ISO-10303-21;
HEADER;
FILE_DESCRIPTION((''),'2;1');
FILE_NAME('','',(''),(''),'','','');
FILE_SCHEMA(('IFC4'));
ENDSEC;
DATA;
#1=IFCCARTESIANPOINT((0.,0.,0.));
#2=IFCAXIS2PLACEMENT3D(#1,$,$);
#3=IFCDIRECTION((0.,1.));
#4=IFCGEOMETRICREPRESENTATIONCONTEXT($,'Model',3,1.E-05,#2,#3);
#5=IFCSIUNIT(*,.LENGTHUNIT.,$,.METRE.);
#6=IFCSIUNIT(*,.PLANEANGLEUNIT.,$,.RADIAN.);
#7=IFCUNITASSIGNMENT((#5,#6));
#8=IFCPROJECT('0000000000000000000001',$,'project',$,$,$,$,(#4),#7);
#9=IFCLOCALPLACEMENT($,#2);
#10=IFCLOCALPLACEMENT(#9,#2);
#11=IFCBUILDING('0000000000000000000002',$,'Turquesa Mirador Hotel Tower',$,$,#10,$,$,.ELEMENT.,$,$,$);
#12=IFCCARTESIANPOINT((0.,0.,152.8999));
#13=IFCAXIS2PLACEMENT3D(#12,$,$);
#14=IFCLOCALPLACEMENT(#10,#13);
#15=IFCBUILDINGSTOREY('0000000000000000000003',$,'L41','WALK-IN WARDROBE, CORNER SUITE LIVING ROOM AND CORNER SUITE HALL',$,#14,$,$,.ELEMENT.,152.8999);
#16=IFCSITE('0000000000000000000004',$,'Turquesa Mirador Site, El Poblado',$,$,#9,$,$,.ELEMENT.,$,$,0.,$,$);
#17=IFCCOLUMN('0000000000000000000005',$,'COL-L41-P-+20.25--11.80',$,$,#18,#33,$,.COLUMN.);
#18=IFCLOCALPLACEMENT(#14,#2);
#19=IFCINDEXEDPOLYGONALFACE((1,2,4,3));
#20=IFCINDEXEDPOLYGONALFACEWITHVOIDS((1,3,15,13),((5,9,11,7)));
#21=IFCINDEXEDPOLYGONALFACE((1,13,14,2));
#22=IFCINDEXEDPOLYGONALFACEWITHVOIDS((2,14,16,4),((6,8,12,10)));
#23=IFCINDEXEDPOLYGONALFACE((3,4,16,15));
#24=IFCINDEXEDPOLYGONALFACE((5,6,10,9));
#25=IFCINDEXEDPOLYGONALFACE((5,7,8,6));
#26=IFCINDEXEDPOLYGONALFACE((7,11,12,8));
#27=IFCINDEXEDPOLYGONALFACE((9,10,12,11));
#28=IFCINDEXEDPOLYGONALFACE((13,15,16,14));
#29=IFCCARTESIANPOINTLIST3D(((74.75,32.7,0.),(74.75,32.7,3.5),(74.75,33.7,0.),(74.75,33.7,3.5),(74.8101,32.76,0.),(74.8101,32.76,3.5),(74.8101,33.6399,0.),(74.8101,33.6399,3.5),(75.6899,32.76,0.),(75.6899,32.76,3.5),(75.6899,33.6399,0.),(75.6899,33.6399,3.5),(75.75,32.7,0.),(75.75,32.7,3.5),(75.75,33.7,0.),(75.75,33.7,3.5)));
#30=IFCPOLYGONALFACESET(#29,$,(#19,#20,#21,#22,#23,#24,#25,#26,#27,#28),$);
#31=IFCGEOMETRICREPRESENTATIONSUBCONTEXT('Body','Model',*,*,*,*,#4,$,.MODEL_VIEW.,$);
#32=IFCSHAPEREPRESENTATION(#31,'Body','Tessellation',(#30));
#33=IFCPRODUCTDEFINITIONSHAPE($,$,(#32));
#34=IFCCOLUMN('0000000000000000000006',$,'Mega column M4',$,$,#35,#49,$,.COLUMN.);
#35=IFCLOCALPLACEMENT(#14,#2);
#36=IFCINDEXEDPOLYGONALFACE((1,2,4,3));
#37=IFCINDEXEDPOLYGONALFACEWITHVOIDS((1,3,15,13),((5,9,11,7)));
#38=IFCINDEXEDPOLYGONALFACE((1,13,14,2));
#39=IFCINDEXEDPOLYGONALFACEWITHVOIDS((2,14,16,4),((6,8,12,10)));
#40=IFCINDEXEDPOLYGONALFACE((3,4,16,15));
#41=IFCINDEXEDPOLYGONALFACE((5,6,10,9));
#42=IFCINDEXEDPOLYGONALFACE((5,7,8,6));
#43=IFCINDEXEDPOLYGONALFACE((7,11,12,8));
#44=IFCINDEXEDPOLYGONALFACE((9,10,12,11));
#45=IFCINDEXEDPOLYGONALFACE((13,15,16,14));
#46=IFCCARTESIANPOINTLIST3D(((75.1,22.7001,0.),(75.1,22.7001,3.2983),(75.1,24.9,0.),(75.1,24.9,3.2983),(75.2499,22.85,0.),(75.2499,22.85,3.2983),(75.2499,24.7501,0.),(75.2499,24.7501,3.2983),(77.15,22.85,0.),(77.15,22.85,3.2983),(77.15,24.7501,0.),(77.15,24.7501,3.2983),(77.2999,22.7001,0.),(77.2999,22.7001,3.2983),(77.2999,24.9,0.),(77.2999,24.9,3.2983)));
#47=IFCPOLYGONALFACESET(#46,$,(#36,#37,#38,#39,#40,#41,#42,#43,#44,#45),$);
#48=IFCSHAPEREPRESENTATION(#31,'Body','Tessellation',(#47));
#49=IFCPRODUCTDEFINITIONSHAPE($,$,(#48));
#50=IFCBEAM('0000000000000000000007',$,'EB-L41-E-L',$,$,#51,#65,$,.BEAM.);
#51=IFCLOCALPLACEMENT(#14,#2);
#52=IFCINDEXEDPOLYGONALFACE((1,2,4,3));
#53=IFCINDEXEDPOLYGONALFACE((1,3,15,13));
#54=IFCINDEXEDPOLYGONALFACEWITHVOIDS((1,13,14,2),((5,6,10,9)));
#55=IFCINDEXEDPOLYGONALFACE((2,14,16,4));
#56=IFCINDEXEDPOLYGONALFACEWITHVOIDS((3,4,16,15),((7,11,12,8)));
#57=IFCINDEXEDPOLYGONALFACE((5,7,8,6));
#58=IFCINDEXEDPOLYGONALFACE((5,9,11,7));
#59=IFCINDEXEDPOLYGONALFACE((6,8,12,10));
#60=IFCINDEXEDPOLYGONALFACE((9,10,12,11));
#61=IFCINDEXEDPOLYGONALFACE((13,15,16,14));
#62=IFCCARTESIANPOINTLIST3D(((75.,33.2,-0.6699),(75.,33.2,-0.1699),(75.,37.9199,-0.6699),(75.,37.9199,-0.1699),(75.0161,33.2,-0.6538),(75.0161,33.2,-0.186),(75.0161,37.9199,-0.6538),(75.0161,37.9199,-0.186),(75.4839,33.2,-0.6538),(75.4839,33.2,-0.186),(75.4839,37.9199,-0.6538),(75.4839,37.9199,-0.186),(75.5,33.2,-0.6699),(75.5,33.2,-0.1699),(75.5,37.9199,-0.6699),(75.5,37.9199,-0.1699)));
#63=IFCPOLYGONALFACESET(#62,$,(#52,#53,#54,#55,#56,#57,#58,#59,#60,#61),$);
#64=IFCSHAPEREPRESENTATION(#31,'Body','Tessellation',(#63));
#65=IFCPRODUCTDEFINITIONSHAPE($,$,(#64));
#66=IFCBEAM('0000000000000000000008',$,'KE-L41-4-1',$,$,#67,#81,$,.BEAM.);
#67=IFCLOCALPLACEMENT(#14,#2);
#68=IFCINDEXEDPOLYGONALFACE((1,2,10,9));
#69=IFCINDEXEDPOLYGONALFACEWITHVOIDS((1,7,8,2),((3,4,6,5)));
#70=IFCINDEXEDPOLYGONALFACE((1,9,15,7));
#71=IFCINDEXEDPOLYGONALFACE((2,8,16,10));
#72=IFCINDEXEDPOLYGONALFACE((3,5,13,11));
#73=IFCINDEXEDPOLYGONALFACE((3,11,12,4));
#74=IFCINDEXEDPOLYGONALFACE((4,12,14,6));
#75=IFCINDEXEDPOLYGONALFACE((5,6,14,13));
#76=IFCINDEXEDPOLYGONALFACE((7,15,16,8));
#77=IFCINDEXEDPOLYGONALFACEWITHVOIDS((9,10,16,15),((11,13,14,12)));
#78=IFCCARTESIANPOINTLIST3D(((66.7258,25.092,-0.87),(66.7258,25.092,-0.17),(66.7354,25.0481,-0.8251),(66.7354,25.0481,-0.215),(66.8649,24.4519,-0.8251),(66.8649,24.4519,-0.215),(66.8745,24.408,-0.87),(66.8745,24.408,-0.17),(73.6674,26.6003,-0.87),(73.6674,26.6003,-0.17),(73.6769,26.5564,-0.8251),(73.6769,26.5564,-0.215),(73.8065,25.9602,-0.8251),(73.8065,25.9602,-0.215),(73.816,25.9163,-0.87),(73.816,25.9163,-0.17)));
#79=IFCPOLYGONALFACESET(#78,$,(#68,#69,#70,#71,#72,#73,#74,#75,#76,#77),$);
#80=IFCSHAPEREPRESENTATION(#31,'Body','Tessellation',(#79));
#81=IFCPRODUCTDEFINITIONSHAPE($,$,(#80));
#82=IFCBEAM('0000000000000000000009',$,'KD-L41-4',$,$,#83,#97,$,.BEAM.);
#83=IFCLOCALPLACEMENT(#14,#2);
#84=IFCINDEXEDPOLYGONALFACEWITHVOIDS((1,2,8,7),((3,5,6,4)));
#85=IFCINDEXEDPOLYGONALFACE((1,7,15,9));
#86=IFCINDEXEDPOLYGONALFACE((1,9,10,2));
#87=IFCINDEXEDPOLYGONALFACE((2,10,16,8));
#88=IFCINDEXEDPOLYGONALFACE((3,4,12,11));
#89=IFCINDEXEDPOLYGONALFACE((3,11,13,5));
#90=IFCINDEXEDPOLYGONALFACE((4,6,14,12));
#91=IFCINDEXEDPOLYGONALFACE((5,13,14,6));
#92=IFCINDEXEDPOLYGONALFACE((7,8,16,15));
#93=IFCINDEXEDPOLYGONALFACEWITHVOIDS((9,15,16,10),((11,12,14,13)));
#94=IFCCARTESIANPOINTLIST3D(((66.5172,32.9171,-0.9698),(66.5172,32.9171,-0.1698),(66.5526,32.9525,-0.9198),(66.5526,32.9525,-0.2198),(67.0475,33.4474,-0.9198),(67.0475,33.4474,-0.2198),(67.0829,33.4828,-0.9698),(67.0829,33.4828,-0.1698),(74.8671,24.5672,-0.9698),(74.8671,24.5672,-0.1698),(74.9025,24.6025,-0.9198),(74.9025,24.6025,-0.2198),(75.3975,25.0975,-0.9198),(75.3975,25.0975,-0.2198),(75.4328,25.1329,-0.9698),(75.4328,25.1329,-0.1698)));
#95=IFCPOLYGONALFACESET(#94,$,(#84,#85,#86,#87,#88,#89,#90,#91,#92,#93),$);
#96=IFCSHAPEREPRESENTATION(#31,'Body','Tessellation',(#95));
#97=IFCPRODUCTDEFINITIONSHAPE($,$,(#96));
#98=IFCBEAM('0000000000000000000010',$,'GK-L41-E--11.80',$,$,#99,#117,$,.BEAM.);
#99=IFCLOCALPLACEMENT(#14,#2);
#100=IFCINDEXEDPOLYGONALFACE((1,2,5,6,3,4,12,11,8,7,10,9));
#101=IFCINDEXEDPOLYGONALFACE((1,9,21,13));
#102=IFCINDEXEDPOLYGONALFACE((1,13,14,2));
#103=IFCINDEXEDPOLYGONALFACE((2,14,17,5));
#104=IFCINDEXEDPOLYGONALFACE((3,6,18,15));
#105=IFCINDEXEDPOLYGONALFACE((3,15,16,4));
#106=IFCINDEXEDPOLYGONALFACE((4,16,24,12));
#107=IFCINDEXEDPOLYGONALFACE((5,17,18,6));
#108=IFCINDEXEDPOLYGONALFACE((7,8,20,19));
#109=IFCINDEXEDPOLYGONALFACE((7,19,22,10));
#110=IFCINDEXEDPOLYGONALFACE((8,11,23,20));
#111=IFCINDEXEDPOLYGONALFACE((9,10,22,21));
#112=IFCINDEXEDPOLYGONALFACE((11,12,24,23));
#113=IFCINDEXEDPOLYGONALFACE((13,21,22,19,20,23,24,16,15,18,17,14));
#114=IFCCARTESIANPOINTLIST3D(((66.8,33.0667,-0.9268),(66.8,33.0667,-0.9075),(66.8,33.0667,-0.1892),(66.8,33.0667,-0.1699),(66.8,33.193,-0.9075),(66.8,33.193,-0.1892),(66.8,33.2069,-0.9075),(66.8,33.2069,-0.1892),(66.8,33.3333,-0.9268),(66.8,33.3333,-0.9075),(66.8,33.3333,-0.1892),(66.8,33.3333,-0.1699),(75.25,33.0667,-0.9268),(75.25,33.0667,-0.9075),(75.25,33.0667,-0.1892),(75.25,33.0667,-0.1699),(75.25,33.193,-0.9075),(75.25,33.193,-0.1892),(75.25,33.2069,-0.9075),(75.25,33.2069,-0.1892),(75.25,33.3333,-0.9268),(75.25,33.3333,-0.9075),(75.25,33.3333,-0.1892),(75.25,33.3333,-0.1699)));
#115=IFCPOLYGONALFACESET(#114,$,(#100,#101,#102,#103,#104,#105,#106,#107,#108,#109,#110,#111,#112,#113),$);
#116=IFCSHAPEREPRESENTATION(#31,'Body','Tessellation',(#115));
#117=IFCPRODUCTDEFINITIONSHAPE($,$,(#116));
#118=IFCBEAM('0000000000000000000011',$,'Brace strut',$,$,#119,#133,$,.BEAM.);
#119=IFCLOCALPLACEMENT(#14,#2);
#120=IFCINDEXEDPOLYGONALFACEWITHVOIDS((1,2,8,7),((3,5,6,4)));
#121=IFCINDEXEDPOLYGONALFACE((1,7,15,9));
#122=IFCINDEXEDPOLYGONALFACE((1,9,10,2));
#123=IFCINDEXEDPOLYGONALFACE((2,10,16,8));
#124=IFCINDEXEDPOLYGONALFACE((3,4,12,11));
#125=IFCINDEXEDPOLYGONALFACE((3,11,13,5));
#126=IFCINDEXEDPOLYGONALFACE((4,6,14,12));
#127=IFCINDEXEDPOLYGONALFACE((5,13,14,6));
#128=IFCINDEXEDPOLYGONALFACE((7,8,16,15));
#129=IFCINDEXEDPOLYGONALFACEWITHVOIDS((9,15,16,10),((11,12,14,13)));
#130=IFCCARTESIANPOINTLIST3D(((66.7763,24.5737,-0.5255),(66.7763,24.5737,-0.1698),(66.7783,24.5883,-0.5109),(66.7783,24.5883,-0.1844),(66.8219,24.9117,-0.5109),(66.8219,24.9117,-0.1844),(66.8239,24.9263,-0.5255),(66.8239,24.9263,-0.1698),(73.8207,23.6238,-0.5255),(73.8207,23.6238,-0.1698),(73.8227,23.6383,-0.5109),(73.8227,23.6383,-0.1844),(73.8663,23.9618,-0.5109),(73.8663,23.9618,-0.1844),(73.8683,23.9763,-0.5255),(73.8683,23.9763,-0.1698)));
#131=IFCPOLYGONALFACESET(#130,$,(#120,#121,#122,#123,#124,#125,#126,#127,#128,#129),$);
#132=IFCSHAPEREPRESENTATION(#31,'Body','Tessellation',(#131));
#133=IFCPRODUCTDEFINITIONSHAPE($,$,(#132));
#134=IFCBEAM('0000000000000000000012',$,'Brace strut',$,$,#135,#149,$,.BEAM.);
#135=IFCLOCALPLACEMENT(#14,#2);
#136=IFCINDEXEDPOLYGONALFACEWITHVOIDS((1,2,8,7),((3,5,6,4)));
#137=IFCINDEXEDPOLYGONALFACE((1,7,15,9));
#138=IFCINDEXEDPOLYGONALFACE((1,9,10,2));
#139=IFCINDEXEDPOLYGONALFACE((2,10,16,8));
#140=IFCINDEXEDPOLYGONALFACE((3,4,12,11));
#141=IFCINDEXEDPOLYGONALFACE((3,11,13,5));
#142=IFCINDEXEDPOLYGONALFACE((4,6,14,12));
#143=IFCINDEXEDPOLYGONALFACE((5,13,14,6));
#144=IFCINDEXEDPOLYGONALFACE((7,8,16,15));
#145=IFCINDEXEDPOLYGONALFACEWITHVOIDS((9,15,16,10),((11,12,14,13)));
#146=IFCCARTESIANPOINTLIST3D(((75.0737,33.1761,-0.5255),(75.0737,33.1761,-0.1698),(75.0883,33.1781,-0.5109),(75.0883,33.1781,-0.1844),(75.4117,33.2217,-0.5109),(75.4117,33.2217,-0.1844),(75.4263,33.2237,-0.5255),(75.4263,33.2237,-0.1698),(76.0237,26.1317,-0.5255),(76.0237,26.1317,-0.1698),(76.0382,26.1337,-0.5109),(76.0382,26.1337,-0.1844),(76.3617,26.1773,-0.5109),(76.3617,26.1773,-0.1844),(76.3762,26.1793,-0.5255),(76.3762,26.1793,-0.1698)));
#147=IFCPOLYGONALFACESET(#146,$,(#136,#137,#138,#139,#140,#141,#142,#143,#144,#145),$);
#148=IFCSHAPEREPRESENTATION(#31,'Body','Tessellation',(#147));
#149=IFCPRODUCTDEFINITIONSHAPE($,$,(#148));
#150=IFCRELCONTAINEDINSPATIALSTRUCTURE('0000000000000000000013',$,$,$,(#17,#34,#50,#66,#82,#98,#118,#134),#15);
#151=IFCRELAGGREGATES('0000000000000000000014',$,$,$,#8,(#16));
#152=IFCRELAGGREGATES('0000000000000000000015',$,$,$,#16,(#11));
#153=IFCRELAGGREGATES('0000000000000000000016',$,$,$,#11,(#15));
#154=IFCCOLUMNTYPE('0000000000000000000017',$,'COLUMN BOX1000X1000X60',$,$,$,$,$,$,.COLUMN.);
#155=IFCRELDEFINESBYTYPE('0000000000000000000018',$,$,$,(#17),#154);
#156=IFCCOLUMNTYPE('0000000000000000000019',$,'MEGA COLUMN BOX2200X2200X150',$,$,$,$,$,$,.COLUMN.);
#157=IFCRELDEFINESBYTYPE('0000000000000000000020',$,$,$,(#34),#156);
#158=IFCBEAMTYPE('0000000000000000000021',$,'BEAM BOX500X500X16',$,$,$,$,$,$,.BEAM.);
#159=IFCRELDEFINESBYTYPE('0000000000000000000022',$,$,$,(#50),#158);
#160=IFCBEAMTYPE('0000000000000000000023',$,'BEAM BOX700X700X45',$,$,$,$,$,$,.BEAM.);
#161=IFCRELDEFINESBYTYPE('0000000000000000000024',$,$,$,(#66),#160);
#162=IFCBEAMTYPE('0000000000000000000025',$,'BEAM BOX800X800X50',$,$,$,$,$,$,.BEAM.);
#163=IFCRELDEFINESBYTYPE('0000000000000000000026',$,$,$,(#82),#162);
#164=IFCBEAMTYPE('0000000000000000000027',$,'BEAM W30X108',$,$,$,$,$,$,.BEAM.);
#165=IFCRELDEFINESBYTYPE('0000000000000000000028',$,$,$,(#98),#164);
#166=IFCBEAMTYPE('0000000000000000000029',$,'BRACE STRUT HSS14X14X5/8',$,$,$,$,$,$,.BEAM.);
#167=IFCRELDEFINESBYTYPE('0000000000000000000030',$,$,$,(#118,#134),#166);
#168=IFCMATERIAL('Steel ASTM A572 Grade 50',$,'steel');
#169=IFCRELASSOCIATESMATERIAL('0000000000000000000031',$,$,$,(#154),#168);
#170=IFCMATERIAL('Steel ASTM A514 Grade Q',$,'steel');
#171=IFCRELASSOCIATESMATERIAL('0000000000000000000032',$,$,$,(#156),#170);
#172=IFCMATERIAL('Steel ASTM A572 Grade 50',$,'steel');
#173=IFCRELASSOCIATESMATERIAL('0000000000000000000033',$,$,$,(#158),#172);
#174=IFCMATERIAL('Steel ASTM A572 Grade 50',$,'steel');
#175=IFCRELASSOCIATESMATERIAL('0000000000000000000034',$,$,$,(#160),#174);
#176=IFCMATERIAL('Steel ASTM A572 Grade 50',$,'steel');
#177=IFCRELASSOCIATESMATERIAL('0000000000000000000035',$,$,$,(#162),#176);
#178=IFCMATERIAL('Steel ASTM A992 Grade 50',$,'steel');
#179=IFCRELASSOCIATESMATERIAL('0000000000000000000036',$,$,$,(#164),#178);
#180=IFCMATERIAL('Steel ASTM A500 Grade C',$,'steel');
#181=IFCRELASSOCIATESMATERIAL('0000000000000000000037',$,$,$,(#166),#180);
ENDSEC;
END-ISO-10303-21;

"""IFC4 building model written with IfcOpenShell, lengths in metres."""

from ifc_helpers import new_model, si_unit, direction, frame, origin, origin_2d, place, context, subcontext, project, spatial, hollow_rectangle, i_section, extrude, clip, halfspace, material, material_profile, profile_set, type_object, element, save


model = new_model("IFC4")

# Units and contexts
model_context = context("Model", 3, precision=1e-05, world=origin(), true_north=direction((0.0, 1.0)))
body_context = subcontext(model_context, "Body", "Model", "MODEL_VIEW")
ifc_project = project(units=[si_unit("LENGTHUNIT", "METRE"), si_unit("PLANEANGLEUNIT", "RADIAN")], contexts=[model_context])

# Site, building, storey
site_placement = place(None, origin())
site = spatial("IfcSite", under=ifc_project, at=site_placement, Name="Turquesa Mirador Site, El Poblado", CompositionType="ELEMENT", RefElevation=0.0)
building_placement = place(site_placement, origin())
building = spatial("IfcBuilding", under=site, at=building_placement, Name="Turquesa Mirador Hotel Tower", CompositionType="ELEMENT")
storey_placement = place(building_placement, frame((0.0, 0.0, 152.8999)))
storey = spatial("IfcBuildingStorey", under=building, at=storey_placement, Name="L41", Description="WALK-IN WARDROBE, CORNER SUITE LIVING ROOM AND CORNER SUITE HALL", CompositionType="ELEMENT", Elevation=152.8999)

# Columns
ifc_material_1 = material(Name="Steel ASTM A572 Grade 50", Category="steel")
ifc_material_profile_1 = material_profile(ifc_material_1, hollow_rectangle(XDim=1.0, YDim=1.0, WallThickness=0.0601, at=origin_2d()), Name="BOX1000X1000X60")
ifc_profile_set_1 = profile_set([ifc_material_profile_1], Name="Steel ASTM A572 Grade 50")
column_type_1 = type_object("IfcColumnType", Name="COLUMN BOX1000X1000X60", PredefinedType="COLUMN", material=ifc_profile_set_1)
column_1_placement = place(storey_placement, frame((75.25, 33.2, 0.0), z_axis=(0.0, 0.0, 1.0), x_axis=(1.0, 0.0, 0.0)))
element("IfcColumn", 1, at=column_1_placement, inside=storey, type_object=column_type_1, Name="COL-L41-P-+20.25--11.80", PredefinedType="COLUMN", context=body_context, shape_type="SweptSolid", body=[
    extrude(hollow_rectangle(XDim=1.0, YDim=1.0, WallThickness=0.0601, at=origin_2d()), origin(), (0.0, 0.0, 1.0), 3.5),
])
ifc_material_2 = material(Name="Steel ASTM A514 Grade Q", Category="steel")
ifc_material_profile_2 = material_profile(ifc_material_2, hollow_rectangle(XDim=2.2, YDim=2.2, WallThickness=0.1499, at=origin_2d()), Name="BOX2200X2200X150")
ifc_profile_set_2 = profile_set([ifc_material_profile_2], Name="Steel ASTM A514 Grade Q")
column_type_2 = type_object("IfcColumnType", Name="MEGA COLUMN BOX2200X2200X150", PredefinedType="COLUMN", material=ifc_profile_set_2)
column_2_placement = place(storey_placement, frame((76.2, 23.8, 0.0), z_axis=(0.0, 0.0, 1.0), x_axis=(1.0, 0.0, 0.0)))
element("IfcColumn", 2, at=column_2_placement, inside=storey, type_object=column_type_2, Name="Mega column M4", PredefinedType="COLUMN", context=body_context, shape_type="Clipping", body=[
    clip(extrude(hollow_rectangle(XDim=2.2, YDim=2.2, WallThickness=0.1499, at=origin_2d()), origin(), (0.0, 0.0, 1.0), 3.5), halfspace(frame((0.0, 0.0, 3.2983), z_axis=(0.0, 0.0, 1.0), x_axis=(1.0, 0.0, 0.0)), False)),
])

# Beams
ifc_material_3 = material(Name="Steel ASTM A572 Grade 50", Category="steel")
ifc_material_profile_3 = material_profile(ifc_material_3, hollow_rectangle(XDim=0.5, YDim=0.5, WallThickness=0.0161, at=origin_2d()), Name="BOX500X500X16")
ifc_profile_set_3 = profile_set([ifc_material_profile_3], Name="Steel ASTM A572 Grade 50")
beam_type_1 = type_object("IfcBeamType", Name="BEAM BOX500X500X16", PredefinedType="BEAM", material=ifc_profile_set_3)
beam_1_placement = place(storey_placement, frame((75.25, 33.2, -0.4199), z_axis=(0.0, 1.0, 0.0), x_axis=(-1.0, 0.0, 0.0)))
element("IfcBeam", 3, at=beam_1_placement, inside=storey, type_object=beam_type_1, Name="EB-L41-E-L", PredefinedType="BEAM", context=body_context, shape_type="SweptSolid", body=[
    extrude(hollow_rectangle(XDim=0.5, YDim=0.5, WallThickness=0.0161, at=origin_2d()), origin(), (0.0, 0.0, 1.0), 4.72),
])
ifc_material_4 = material(Name="Steel ASTM A572 Grade 50", Category="steel")
ifc_material_profile_4 = material_profile(ifc_material_4, hollow_rectangle(XDim=0.7, YDim=0.7, WallThickness=0.0449, at=origin_2d()), Name="BOX700X700X45")
ifc_profile_set_4 = profile_set([ifc_material_profile_4], Name="Steel ASTM A572 Grade 50")
beam_type_2 = type_object("IfcBeamType", Name="BEAM BOX700X700X45", PredefinedType="BEAM", material=ifc_profile_set_4)
beam_2_placement = place(storey_placement, frame((73.7417, 26.2583, -0.52), z_axis=(-0.977198, -0.212328, 0.0), x_axis=(0.212328, -0.977198, 0.0)))
element("IfcBeam", 4, at=beam_2_placement, inside=storey, type_object=beam_type_2, Name="KE-L41-4-1", PredefinedType="BEAM", context=body_context, shape_type="SweptSolid", body=[
    extrude(hollow_rectangle(XDim=0.7, YDim=0.7, WallThickness=0.0449, at=origin_2d()), origin(), (0.0, 0.0, 1.0), 7.1035),
])
ifc_material_5 = material(Name="Steel ASTM A572 Grade 50", Category="steel")
ifc_material_profile_5 = material_profile(ifc_material_5, hollow_rectangle(XDim=0.8, YDim=0.8, WallThickness=0.05, at=origin_2d()), Name="BOX800X800X50")
ifc_profile_set_5 = profile_set([ifc_material_profile_5], Name="Steel ASTM A572 Grade 50")
beam_type_3 = type_object("IfcBeamType", Name="BEAM BOX800X800X50", PredefinedType="BEAM", material=ifc_profile_set_5)
beam_3_placement = place(storey_placement, frame((66.8, 33.2, -0.5698), z_axis=(0.707107, -0.707107, 0.0), x_axis=(0.707107, 0.707107, 0.0)))
element("IfcBeam", 5, at=beam_3_placement, inside=storey, type_object=beam_type_3, Name="KD-L41-4", PredefinedType="BEAM", context=body_context, shape_type="SweptSolid", body=[
    extrude(hollow_rectangle(XDim=0.8, YDim=0.8, WallThickness=0.05, at=origin_2d()), origin(), (0.0, 0.0, 1.0), 11.8086),
])
ifc_material_6 = material(Name="Steel ASTM A992 Grade 50", Category="steel")
ifc_material_profile_6 = material_profile(ifc_material_6, i_section(OverallWidth=0.2666, OverallDepth=0.7568, WebThickness=0.0139, FlangeThickness=0.0193, at=origin_2d()), Name="W30X108")
ifc_profile_set_6 = profile_set([ifc_material_profile_6], Name="Steel ASTM A992 Grade 50")
beam_type_4 = type_object("IfcBeamType", Name="BEAM W30X108", PredefinedType="BEAM", material=ifc_profile_set_6)
beam_4_placement = place(storey_placement, frame((75.25, 33.2, -0.5483), z_axis=(-1.0, 0.0, 0.0), x_axis=(0.0, -1.0, 0.0)))
element("IfcBeam", 6, at=beam_4_placement, inside=storey, type_object=beam_type_4, Name="GK-L41-E--11.80", PredefinedType="BEAM", context=body_context, shape_type="SweptSolid", body=[
    extrude(i_section(OverallWidth=0.2666, OverallDepth=0.7568, WebThickness=0.0139, FlangeThickness=0.0193, at=origin_2d()), origin(), (0.0, 0.0, 1.0), 8.45),
])
ifc_material_7 = material(Name="Steel ASTM A500 Grade C", Category="steel")
ifc_material_profile_7 = material_profile(ifc_material_7, hollow_rectangle(XDim=0.3557, YDim=0.3557, WallThickness=0.0146, at=origin_2d()), Name="HSS14X14X5/8")
ifc_profile_set_7 = profile_set([ifc_material_profile_7], Name="Steel ASTM A500 Grade C")
beam_type_5 = type_object("IfcBeamType", Name="BRACE STRUT HSS14X14X5/8", PredefinedType="BEAM", material=ifc_profile_set_7)
for number, where, z_axis, x_axis, name in (
    (7, (73.8445, 23.8, -0.3477), (-0.99103, 0.133642, 0.0), (-0.133642, -0.99103, 0.0), "Brace strut"),
    (8, (76.2, 26.1555, -0.3477), (-0.133642, 0.99103, 0.0), (-0.99103, -0.133642, 0.0), "Brace strut"),
):
    element("IfcBeam", number, at=place(storey_placement, frame(where, z_axis=z_axis, x_axis=x_axis)), inside=storey, type_object=beam_type_5, Name=name, PredefinedType="BEAM", context=body_context, shape_type="SweptSolid", body=[
        extrude(hollow_rectangle(XDim=0.3557, YDim=0.3557, WallThickness=0.0146, at=origin_2d()), origin(), (0.0, 0.0, 1.0), 7.1082),
    ])

save(model, "model.ifc")
